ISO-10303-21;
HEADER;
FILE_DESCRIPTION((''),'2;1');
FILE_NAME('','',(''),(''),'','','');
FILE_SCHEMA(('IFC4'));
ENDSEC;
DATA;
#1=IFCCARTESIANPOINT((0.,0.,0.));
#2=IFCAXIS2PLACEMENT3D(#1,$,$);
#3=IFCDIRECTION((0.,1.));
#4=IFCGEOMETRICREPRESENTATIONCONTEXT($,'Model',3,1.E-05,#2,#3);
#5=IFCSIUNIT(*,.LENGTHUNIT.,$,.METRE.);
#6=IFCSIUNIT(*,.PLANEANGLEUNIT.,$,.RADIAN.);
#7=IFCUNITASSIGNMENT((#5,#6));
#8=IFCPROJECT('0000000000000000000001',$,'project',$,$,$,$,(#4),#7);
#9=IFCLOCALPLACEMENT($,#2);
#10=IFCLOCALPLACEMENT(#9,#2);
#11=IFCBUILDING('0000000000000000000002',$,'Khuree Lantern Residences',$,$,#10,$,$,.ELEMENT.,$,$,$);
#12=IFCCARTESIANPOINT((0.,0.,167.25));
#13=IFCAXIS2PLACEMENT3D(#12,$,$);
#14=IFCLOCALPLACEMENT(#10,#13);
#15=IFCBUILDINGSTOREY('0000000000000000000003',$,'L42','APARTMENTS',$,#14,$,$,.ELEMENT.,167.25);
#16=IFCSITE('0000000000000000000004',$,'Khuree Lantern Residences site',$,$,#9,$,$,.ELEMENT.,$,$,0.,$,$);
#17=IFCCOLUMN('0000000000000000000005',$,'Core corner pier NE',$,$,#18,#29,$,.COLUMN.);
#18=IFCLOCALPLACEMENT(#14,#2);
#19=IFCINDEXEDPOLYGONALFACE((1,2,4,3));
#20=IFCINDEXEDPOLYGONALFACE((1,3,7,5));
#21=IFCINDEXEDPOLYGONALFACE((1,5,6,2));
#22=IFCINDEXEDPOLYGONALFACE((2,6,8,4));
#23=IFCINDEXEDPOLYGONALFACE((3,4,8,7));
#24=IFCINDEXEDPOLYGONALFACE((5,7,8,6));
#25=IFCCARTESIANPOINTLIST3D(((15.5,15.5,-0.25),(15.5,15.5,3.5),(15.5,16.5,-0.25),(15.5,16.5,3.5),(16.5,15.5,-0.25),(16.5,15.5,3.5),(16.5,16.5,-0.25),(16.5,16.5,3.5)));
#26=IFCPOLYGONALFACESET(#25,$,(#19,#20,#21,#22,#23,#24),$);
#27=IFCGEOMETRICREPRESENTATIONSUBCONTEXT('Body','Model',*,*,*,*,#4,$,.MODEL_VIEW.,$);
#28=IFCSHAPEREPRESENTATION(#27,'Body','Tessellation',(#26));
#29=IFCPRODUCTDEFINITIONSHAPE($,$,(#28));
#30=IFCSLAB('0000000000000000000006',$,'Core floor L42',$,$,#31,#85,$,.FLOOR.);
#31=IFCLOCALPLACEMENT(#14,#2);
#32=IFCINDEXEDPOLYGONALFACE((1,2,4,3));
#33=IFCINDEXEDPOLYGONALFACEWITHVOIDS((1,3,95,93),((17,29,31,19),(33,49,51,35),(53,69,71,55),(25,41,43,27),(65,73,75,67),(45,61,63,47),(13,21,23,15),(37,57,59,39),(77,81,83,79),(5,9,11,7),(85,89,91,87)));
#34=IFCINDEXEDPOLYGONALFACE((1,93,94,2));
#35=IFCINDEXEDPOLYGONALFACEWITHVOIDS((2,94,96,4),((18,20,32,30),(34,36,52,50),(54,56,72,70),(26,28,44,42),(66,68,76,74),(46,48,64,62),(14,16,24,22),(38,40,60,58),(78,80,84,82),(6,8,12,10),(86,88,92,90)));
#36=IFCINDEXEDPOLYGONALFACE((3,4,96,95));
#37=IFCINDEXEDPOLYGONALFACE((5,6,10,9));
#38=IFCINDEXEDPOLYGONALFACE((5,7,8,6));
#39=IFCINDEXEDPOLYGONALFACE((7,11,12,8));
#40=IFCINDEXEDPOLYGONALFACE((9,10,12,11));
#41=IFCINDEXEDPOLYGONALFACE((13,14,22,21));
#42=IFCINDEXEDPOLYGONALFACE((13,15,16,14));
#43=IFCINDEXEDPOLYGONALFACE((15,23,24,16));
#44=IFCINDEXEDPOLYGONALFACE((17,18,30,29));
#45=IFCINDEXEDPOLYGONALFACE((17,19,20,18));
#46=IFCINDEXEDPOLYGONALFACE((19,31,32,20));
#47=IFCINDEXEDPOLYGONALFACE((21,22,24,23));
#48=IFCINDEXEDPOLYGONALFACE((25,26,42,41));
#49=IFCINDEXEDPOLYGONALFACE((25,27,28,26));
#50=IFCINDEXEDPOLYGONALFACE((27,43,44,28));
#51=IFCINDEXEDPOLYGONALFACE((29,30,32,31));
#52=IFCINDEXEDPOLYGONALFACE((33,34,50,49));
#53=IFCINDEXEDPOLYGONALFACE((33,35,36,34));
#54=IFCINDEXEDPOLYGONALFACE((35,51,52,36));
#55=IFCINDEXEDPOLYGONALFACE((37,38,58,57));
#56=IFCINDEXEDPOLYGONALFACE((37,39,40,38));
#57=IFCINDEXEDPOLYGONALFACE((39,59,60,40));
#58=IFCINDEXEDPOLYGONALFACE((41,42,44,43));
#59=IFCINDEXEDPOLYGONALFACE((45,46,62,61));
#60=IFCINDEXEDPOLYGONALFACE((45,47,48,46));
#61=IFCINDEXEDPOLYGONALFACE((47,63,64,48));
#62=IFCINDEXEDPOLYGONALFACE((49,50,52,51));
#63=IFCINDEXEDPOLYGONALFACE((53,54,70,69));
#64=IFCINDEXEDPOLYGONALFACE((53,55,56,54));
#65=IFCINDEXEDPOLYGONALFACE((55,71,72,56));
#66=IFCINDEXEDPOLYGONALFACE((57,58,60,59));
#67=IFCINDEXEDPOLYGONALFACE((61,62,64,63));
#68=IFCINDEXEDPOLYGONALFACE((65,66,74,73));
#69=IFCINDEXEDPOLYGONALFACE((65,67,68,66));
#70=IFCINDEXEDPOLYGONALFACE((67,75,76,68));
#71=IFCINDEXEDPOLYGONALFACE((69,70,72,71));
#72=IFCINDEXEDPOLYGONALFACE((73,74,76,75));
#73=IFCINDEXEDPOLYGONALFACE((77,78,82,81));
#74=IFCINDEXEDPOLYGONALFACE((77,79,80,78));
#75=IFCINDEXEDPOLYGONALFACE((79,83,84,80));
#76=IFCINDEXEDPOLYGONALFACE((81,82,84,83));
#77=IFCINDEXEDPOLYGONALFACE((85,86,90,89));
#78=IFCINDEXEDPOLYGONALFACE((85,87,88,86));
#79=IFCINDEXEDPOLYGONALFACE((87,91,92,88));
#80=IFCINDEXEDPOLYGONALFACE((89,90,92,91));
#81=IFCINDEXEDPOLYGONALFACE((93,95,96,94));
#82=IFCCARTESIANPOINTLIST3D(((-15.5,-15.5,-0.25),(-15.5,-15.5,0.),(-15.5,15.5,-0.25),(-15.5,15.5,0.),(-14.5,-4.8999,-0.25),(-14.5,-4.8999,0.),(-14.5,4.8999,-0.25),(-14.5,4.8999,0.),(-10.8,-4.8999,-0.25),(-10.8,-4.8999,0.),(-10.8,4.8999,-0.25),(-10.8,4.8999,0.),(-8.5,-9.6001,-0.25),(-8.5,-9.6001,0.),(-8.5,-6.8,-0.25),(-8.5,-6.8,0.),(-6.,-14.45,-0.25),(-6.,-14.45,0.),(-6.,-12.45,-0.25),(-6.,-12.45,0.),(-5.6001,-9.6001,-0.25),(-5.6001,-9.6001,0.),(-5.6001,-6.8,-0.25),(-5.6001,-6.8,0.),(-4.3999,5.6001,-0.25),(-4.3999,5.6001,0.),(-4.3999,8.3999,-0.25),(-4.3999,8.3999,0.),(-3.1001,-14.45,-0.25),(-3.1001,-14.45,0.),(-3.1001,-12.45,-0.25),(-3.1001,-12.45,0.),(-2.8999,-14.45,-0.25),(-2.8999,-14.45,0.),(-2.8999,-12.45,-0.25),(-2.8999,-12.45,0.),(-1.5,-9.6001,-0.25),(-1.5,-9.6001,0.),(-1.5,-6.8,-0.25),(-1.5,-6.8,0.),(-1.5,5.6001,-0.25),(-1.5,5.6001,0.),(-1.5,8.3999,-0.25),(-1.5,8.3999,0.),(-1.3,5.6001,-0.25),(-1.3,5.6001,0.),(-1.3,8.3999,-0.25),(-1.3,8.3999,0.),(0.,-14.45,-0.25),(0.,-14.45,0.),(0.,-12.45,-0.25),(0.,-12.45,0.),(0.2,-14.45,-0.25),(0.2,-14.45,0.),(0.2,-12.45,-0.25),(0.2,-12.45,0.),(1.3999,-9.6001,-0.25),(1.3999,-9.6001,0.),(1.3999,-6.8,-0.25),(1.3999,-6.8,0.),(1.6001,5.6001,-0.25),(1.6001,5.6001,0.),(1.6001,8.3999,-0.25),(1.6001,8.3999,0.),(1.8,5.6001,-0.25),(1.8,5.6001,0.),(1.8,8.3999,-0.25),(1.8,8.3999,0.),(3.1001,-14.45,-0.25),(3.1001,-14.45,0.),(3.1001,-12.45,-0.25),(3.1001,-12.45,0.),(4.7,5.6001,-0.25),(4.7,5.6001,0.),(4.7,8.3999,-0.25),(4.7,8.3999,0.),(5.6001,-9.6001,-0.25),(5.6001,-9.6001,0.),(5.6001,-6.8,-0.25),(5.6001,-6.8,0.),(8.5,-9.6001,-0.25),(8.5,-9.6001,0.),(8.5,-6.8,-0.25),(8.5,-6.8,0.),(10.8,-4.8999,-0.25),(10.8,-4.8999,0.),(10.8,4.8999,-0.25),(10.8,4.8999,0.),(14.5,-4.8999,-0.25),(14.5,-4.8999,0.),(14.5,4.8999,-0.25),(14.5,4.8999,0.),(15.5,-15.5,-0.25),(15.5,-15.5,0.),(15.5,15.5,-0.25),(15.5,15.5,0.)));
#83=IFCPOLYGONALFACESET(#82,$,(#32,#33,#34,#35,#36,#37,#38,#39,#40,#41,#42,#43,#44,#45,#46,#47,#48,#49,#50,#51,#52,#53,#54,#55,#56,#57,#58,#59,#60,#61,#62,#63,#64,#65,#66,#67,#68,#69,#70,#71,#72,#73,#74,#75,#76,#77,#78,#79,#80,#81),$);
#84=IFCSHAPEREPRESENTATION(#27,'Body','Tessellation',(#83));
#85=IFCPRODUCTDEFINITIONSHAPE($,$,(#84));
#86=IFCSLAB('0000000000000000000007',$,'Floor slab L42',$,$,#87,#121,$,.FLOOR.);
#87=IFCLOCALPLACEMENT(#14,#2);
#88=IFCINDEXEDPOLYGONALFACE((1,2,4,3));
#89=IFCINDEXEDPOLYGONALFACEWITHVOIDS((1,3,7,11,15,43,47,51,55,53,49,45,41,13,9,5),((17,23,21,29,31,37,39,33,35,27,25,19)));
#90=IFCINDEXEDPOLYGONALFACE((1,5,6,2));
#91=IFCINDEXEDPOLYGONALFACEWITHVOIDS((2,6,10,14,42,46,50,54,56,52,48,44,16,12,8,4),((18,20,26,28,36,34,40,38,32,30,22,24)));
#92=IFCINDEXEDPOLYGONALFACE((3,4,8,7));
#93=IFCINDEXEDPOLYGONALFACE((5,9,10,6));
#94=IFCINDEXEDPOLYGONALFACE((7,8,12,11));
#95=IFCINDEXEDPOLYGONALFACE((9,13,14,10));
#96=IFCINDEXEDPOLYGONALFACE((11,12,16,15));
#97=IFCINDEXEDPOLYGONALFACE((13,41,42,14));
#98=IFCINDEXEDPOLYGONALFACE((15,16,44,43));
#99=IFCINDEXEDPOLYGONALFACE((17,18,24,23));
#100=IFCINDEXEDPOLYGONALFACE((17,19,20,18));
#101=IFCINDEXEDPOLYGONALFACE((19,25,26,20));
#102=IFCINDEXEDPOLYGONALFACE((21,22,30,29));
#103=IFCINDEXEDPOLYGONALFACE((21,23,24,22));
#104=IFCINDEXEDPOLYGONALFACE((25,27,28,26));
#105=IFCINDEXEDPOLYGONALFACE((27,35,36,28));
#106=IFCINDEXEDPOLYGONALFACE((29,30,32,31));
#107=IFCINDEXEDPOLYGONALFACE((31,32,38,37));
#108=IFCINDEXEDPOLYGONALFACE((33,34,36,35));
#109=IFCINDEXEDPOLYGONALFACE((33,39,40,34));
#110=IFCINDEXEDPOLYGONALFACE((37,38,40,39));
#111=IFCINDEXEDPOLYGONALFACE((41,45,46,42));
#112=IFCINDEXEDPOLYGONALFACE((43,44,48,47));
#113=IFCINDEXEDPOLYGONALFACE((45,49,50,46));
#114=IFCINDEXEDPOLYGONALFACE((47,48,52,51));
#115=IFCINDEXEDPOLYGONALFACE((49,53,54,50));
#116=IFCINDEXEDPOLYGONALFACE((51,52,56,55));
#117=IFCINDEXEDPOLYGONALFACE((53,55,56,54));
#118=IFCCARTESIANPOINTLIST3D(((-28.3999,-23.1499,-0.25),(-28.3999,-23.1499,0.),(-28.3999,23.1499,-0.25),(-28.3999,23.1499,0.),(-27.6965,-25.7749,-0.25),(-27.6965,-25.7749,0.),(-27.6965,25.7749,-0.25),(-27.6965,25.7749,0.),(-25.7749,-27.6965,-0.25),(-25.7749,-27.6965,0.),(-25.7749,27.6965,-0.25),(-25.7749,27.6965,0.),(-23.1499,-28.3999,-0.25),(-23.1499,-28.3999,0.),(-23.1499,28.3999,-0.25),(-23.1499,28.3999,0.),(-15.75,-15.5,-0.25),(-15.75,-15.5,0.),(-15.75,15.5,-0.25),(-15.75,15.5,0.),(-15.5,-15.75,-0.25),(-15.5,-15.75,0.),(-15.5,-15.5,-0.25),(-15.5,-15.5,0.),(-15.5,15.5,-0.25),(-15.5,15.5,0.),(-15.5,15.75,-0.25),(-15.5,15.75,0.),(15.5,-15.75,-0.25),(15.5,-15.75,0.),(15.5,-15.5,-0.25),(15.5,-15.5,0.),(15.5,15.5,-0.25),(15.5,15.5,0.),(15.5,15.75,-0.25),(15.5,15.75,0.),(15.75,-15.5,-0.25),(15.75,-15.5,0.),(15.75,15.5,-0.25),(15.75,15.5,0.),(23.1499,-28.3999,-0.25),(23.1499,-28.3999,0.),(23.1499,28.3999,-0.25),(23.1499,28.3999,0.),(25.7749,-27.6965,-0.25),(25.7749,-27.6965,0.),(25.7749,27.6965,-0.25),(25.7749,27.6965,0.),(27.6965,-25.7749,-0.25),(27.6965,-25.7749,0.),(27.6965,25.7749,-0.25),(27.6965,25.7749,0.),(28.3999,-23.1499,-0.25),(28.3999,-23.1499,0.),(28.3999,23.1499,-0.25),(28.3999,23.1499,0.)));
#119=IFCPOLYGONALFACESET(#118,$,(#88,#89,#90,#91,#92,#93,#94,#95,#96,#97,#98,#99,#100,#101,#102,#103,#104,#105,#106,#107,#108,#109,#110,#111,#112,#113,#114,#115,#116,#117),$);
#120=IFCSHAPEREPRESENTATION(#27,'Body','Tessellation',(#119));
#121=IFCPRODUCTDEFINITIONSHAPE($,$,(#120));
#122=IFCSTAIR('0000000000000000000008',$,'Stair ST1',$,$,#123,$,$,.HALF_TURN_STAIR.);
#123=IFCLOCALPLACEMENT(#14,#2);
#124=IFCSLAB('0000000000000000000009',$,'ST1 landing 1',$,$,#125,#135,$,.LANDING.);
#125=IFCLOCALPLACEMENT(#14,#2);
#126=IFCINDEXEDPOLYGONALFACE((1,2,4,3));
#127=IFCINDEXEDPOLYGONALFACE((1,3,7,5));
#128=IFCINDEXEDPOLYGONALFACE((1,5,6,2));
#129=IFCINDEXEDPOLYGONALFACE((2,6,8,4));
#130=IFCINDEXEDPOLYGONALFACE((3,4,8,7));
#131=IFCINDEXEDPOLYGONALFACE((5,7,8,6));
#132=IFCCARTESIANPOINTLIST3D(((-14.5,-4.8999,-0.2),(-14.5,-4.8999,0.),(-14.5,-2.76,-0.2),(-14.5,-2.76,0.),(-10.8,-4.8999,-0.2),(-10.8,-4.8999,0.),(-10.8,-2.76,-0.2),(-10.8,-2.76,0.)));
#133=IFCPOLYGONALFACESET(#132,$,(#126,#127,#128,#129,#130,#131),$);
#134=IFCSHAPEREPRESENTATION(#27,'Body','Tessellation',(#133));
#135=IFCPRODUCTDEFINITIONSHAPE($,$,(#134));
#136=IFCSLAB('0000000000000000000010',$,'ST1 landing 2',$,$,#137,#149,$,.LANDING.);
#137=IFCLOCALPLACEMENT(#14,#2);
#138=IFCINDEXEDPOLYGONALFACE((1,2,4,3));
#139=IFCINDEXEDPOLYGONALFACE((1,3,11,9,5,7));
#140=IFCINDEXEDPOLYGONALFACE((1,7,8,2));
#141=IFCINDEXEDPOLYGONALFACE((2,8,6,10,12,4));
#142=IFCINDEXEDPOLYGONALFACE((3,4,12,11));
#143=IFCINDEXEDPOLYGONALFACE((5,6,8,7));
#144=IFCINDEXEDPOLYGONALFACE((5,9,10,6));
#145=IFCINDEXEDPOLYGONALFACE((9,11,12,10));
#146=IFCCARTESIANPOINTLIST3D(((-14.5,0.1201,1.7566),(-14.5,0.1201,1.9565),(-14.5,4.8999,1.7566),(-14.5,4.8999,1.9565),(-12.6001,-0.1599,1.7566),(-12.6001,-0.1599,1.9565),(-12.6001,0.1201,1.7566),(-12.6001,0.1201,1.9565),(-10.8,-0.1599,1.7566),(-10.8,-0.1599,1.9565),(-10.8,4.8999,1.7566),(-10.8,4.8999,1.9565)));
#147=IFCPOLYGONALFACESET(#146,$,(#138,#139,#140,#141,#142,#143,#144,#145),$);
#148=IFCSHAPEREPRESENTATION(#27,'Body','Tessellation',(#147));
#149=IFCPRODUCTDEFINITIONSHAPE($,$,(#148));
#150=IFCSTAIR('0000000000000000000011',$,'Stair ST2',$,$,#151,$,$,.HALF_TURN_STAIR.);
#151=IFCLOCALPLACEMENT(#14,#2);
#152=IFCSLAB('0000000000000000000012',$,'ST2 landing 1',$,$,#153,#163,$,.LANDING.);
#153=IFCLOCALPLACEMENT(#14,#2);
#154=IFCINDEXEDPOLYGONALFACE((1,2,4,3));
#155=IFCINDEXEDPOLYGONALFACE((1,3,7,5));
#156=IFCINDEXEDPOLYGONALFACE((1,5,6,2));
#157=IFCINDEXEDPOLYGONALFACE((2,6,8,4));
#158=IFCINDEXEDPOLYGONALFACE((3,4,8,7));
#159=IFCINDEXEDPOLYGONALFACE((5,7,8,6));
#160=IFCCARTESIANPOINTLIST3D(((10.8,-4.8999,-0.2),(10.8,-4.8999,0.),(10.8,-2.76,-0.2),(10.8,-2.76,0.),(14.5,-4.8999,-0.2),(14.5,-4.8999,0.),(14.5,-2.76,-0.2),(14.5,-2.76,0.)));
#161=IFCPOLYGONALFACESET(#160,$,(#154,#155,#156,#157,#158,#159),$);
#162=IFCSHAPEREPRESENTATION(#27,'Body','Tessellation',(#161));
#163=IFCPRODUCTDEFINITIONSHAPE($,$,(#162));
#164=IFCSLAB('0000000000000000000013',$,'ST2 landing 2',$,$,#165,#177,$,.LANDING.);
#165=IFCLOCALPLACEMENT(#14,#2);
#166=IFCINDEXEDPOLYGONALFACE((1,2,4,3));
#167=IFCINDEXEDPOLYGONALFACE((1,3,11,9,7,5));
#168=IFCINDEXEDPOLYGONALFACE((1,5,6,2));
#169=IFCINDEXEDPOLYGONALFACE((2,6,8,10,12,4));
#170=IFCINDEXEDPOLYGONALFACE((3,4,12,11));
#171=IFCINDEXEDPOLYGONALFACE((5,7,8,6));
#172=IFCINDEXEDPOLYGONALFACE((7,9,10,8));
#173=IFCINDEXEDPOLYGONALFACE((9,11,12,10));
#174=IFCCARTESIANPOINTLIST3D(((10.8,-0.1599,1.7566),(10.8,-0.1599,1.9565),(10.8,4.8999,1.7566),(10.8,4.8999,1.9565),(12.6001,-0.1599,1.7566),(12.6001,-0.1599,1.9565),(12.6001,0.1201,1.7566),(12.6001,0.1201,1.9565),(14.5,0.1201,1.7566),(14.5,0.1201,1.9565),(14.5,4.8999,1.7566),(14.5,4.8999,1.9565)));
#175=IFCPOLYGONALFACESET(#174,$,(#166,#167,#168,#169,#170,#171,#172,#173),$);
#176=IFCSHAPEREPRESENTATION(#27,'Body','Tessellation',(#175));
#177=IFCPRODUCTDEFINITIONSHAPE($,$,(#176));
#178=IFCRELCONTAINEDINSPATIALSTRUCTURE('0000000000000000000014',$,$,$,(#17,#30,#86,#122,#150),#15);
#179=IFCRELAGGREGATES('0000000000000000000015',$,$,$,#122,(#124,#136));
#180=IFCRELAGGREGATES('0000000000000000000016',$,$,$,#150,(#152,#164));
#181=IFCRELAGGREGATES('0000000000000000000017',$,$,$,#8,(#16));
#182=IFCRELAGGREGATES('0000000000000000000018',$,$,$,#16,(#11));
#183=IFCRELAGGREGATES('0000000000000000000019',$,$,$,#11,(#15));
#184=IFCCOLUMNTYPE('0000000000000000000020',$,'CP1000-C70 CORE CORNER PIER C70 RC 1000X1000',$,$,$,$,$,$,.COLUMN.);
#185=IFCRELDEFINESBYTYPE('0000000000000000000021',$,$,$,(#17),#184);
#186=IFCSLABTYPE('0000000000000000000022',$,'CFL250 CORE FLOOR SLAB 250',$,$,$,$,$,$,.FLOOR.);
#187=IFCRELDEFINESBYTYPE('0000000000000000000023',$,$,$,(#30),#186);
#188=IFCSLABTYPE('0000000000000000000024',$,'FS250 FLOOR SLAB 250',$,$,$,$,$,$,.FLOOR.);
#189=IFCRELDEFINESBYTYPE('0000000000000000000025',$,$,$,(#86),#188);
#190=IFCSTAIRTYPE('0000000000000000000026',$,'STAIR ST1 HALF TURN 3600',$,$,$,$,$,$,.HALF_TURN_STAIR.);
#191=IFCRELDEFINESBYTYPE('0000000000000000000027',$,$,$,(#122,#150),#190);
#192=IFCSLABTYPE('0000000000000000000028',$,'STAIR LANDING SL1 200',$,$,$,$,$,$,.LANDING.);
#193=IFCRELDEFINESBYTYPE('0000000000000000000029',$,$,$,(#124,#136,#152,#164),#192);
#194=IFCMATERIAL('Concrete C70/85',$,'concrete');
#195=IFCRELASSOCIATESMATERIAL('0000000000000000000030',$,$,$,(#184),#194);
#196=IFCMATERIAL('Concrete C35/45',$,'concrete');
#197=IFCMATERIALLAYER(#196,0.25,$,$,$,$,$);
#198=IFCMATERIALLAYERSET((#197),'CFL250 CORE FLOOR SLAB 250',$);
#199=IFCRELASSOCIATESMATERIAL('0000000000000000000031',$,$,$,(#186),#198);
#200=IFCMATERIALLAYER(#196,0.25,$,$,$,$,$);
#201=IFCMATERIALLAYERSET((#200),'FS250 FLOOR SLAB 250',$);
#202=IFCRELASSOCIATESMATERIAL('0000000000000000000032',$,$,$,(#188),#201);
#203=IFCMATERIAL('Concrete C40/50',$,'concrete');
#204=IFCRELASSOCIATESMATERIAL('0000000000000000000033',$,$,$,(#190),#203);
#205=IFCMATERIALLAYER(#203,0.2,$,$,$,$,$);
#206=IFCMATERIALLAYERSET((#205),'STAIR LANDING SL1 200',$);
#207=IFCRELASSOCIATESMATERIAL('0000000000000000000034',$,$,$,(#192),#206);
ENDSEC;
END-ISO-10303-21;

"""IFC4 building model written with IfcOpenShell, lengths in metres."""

from ifc_helpers import new_model, si_unit, direction, frame, origin, origin_2d, place, context, subcontext, project, spatial, polyline, rectangle, outline, extrude, material, layer, layer_set, material_profile, profile_set, type_object, element, aggregate, save


model = new_model("IFC4")

# Units and contexts
model_context = context("Model", 3, precision=1e-05, world=origin(), true_north=direction((0.0, 1.0)))
body_context = subcontext(model_context, "Body", "Model", "MODEL_VIEW")
ifc_project = project(units=[si_unit("LENGTHUNIT", "METRE"), si_unit("PLANEANGLEUNIT", "RADIAN")], contexts=[model_context])

# Site, building, storey
site_placement = place(None, origin())
site = spatial("IfcSite", under=ifc_project, at=site_placement, Name="Khuree Lantern Residences site", CompositionType="ELEMENT", RefElevation=0.0)
building_placement = place(site_placement, origin())
building = spatial("IfcBuilding", under=site, at=building_placement, Name="Khuree Lantern Residences", CompositionType="ELEMENT")
storey_placement = place(building_placement, frame((0.0, 0.0, 167.25)))
storey = spatial("IfcBuildingStorey", under=building, at=storey_placement, Name="L42", Description="APARTMENTS", CompositionType="ELEMENT", Elevation=167.25)

# Column
ifc_material_1 = material(Name="Concrete C70/85", Category="concrete")
ifc_material_profile = material_profile(ifc_material_1, rectangle(XDim=1.0, YDim=1.0, at=origin_2d()), Name="RC 1000X1000")
ifc_profile_set = profile_set([ifc_material_profile], Name="Concrete C70/85")
column_type = type_object("IfcColumnType", Name="CP1000-C70 CORE CORNER PIER C70 RC 1000X1000", PredefinedType="COLUMN", material=ifc_profile_set)
column_placement = place(storey_placement, frame((16.0, 16.0, -0.25), z_axis=(0.0, 0.0, 1.0), x_axis=(1.0, 0.0, 0.0)))
element("IfcColumn", 1, at=column_placement, inside=storey, type_object=column_type, Name="Core corner pier NE", PredefinedType="COLUMN", context=body_context, shape_type="SweptSolid", body=[
    extrude(rectangle(XDim=1.0, YDim=1.0, at=origin_2d()), origin(), (0.0, 0.0, 1.0), 3.75),
])

# Slabs
ifc_material_2 = material(Name="Concrete C35/45", Category="concrete")
ifc_layer_1 = layer(ifc_material_2, 0.25)
ifc_layer_set_1 = layer_set([ifc_layer_1], Name="CFL250 CORE FLOOR SLAB 250")
slab_type_1 = type_object("IfcSlabType", Name="CFL250 CORE FLOOR SLAB 250", PredefinedType="FLOOR", material=ifc_layer_set_1)
slab_1_placement = place(storey_placement, frame((0.0, 0.0, -0.25)))
element("IfcSlab", 2, at=slab_1_placement, inside=storey, type_object=slab_type_1, Name="Core floor L42", PredefinedType="FLOOR", context=body_context, shape_type="SweptSolid", body=[
    extrude(outline(polyline([(-15.5, -15.5), (-15.5, 15.5), (15.5, 15.5), (15.5, -15.5), (-15.5, -15.5)]), holes=[polyline([(10.8, 4.8999), (10.8, -4.8999), (14.5, -4.8999), (14.5, 4.8999), (10.8, 4.8999)]), polyline([(8.5, -6.8), (5.6001, -6.8), (5.6001, -9.6001), (8.5, -9.6001), (8.5, -6.8)]), polyline([(4.7, 8.3999), (1.8, 8.3999), (1.8, 5.6001), (4.7, 5.6001), (4.7, 8.3999)]), polyline([(3.1001, -12.45), (0.2, -12.45), (0.2, -14.45), (3.1001, -14.45), (3.1001, -12.45)]), polyline([(1.6001, 8.3999), (-1.3, 8.3999), (-1.3, 5.6001), (1.6001, 5.6001), (1.6001, 8.3999)]), polyline([(1.3999, -6.8), (-1.5, -6.8), (-1.5, -9.6001), (1.3999, -9.6001), (1.3999, -6.8)]), polyline([(-2.8999, -12.45), (-2.8999, -14.45), (0.0, -14.45), (0.0, -12.45), (-2.8999, -12.45)]), polyline([(-4.3999, 8.3999), (-4.3999, 5.6001), (-1.5, 5.6001), (-1.5, 8.3999), (-4.3999, 8.3999)]), polyline([(-6.0, -12.45), (-6.0, -14.45), (-3.1001, -14.45), (-3.1001, -12.45), (-6.0, -12.45)]), polyline([(-8.5, -6.8), (-8.5, -9.6001), (-5.6001, -9.6001), (-5.6001, -6.8), (-8.5, -6.8)]), polyline([(-10.8, 4.8999), (-14.5, 4.8999), (-14.5, -4.8999), (-10.8, -4.8999), (-10.8, 4.8999)])]), origin(), (0.0, 0.0, 1.0), 0.25),
])
ifc_layer_2 = layer(ifc_material_2, 0.25)
ifc_layer_set_2 = layer_set([ifc_layer_2], Name="FS250 FLOOR SLAB 250")
slab_type_2 = type_object("IfcSlabType", Name="FS250 FLOOR SLAB 250", PredefinedType="FLOOR", material=ifc_layer_set_2)
slab_2_placement = place(storey_placement, frame((0.0, 0.0, -0.25)))
element("IfcSlab", 3, at=slab_2_placement, inside=storey, type_object=slab_type_2, Name="Floor slab L42", PredefinedType="FLOOR", context=body_context, shape_type="SweptSolid", body=[
    extrude(outline(polyline([(-25.7749, -27.6965), (-27.6965, -25.7749), (-28.3999, -23.1499), (-28.3999, 23.1499), (-27.6965, 25.7749), (-25.7749, 27.6965), (-23.1499, 28.3999), (23.1499, 28.3999), (25.7749, 27.6965), (27.6965, 25.7749), (28.3999, 23.1499), (28.3999, -23.1499), (27.6965, -25.7749), (25.7749, -27.6965), (23.1499, -28.3999), (-23.1499, -28.3999), (-25.7749, -27.6965)]), holes=[polyline([(15.75, 15.5), (15.5, 15.5), (15.5, 15.75), (-15.5, 15.75), (-15.5, 15.5), (-15.75, 15.5), (-15.75, -15.5), (-15.5, -15.5), (-15.5, -15.75), (15.5, -15.75), (15.5, -15.5), (15.75, -15.5), (15.75, 15.5)])]), origin(), (0.0, 0.0, 1.0), 0.25),
])

# Stairs, slabs
ifc_material_3 = material(Name="Concrete C40/50", Category="concrete")
stair_type = type_object("IfcStairType", Name="STAIR ST1 HALF TURN 3600", PredefinedType="HALF_TURN_STAIR", material=ifc_material_3)
stair_1_placement = place(storey_placement, origin())
stair_1 = element("IfcStair", 4, at=stair_1_placement, inside=storey, type_object=stair_type, Name="Stair ST1", PredefinedType="HALF_TURN_STAIR")
ifc_layer_3 = layer(ifc_material_3, 0.2)
ifc_layer_set_3 = layer_set([ifc_layer_3], Name="STAIR LANDING SL1 200")
slab_type_3 = type_object("IfcSlabType", Name="STAIR LANDING SL1 200", PredefinedType="LANDING", material=ifc_layer_set_3)
slab_3_placement = place(storey_placement, frame((0.0, 0.0, -0.2)))
slab_3 = element("IfcSlab", 5, at=slab_3_placement, type_object=slab_type_3, Name="ST1 landing 1", PredefinedType="LANDING", context=body_context, shape_type="SweptSolid", body=[
    extrude(outline(polyline([(-14.5, -4.8999), (-10.8, -4.8999), (-10.8, -2.76), (-14.5, -2.76), (-14.5, -4.8999)])), origin(), (0.0, 0.0, 1.0), 0.2),
])
slab_4_placement = place(storey_placement, frame((0.0, 0.0, 1.7566)))
slab_4 = element("IfcSlab", 6, at=slab_4_placement, type_object=slab_type_3, Name="ST1 landing 2", PredefinedType="LANDING", context=body_context, shape_type="SweptSolid", body=[
    extrude(outline(polyline([(-14.5, 0.1201), (-14.5, 4.8999), (-10.8, 4.8999), (-10.8, -0.1599), (-12.6001, -0.1599), (-12.6001, 0.1201), (-14.5, 0.1201)])), origin(), (0.0, 0.0, 1.0), 0.2),
])
aggregate(stair_1, [slab_3, slab_4])
stair_2_placement = place(storey_placement, origin())
stair_2 = element("IfcStair", 7, at=stair_2_placement, inside=storey, type_object=stair_type, Name="Stair ST2", PredefinedType="HALF_TURN_STAIR")
slab_5_placement = place(storey_placement, frame((0.0, 0.0, -0.2)))
slab_5 = element("IfcSlab", 8, at=slab_5_placement, type_object=slab_type_3, Name="ST2 landing 1", PredefinedType="LANDING", context=body_context, shape_type="SweptSolid", body=[
    extrude(outline(polyline([(10.8, -4.8999), (14.5, -4.8999), (14.5, -2.76), (10.8, -2.76), (10.8, -4.8999)])), origin(), (0.0, 0.0, 1.0), 0.2),
])
slab_6_placement = place(storey_placement, frame((0.0, 0.0, 1.7566)))
slab_6 = element("IfcSlab", 9, at=slab_6_placement, type_object=slab_type_3, Name="ST2 landing 2", PredefinedType="LANDING", context=body_context, shape_type="SweptSolid", body=[
    extrude(outline(polyline([(14.5, 4.8999), (14.5, 0.1201), (12.6001, 0.1201), (12.6001, -0.1599), (10.8, -0.1599), (10.8, 4.8999), (14.5, 4.8999)])), origin(), (0.0, 0.0, 1.0), 0.2),
])

aggregate(stair_2, [slab_5, slab_6])

save(model, "model.ifc")
